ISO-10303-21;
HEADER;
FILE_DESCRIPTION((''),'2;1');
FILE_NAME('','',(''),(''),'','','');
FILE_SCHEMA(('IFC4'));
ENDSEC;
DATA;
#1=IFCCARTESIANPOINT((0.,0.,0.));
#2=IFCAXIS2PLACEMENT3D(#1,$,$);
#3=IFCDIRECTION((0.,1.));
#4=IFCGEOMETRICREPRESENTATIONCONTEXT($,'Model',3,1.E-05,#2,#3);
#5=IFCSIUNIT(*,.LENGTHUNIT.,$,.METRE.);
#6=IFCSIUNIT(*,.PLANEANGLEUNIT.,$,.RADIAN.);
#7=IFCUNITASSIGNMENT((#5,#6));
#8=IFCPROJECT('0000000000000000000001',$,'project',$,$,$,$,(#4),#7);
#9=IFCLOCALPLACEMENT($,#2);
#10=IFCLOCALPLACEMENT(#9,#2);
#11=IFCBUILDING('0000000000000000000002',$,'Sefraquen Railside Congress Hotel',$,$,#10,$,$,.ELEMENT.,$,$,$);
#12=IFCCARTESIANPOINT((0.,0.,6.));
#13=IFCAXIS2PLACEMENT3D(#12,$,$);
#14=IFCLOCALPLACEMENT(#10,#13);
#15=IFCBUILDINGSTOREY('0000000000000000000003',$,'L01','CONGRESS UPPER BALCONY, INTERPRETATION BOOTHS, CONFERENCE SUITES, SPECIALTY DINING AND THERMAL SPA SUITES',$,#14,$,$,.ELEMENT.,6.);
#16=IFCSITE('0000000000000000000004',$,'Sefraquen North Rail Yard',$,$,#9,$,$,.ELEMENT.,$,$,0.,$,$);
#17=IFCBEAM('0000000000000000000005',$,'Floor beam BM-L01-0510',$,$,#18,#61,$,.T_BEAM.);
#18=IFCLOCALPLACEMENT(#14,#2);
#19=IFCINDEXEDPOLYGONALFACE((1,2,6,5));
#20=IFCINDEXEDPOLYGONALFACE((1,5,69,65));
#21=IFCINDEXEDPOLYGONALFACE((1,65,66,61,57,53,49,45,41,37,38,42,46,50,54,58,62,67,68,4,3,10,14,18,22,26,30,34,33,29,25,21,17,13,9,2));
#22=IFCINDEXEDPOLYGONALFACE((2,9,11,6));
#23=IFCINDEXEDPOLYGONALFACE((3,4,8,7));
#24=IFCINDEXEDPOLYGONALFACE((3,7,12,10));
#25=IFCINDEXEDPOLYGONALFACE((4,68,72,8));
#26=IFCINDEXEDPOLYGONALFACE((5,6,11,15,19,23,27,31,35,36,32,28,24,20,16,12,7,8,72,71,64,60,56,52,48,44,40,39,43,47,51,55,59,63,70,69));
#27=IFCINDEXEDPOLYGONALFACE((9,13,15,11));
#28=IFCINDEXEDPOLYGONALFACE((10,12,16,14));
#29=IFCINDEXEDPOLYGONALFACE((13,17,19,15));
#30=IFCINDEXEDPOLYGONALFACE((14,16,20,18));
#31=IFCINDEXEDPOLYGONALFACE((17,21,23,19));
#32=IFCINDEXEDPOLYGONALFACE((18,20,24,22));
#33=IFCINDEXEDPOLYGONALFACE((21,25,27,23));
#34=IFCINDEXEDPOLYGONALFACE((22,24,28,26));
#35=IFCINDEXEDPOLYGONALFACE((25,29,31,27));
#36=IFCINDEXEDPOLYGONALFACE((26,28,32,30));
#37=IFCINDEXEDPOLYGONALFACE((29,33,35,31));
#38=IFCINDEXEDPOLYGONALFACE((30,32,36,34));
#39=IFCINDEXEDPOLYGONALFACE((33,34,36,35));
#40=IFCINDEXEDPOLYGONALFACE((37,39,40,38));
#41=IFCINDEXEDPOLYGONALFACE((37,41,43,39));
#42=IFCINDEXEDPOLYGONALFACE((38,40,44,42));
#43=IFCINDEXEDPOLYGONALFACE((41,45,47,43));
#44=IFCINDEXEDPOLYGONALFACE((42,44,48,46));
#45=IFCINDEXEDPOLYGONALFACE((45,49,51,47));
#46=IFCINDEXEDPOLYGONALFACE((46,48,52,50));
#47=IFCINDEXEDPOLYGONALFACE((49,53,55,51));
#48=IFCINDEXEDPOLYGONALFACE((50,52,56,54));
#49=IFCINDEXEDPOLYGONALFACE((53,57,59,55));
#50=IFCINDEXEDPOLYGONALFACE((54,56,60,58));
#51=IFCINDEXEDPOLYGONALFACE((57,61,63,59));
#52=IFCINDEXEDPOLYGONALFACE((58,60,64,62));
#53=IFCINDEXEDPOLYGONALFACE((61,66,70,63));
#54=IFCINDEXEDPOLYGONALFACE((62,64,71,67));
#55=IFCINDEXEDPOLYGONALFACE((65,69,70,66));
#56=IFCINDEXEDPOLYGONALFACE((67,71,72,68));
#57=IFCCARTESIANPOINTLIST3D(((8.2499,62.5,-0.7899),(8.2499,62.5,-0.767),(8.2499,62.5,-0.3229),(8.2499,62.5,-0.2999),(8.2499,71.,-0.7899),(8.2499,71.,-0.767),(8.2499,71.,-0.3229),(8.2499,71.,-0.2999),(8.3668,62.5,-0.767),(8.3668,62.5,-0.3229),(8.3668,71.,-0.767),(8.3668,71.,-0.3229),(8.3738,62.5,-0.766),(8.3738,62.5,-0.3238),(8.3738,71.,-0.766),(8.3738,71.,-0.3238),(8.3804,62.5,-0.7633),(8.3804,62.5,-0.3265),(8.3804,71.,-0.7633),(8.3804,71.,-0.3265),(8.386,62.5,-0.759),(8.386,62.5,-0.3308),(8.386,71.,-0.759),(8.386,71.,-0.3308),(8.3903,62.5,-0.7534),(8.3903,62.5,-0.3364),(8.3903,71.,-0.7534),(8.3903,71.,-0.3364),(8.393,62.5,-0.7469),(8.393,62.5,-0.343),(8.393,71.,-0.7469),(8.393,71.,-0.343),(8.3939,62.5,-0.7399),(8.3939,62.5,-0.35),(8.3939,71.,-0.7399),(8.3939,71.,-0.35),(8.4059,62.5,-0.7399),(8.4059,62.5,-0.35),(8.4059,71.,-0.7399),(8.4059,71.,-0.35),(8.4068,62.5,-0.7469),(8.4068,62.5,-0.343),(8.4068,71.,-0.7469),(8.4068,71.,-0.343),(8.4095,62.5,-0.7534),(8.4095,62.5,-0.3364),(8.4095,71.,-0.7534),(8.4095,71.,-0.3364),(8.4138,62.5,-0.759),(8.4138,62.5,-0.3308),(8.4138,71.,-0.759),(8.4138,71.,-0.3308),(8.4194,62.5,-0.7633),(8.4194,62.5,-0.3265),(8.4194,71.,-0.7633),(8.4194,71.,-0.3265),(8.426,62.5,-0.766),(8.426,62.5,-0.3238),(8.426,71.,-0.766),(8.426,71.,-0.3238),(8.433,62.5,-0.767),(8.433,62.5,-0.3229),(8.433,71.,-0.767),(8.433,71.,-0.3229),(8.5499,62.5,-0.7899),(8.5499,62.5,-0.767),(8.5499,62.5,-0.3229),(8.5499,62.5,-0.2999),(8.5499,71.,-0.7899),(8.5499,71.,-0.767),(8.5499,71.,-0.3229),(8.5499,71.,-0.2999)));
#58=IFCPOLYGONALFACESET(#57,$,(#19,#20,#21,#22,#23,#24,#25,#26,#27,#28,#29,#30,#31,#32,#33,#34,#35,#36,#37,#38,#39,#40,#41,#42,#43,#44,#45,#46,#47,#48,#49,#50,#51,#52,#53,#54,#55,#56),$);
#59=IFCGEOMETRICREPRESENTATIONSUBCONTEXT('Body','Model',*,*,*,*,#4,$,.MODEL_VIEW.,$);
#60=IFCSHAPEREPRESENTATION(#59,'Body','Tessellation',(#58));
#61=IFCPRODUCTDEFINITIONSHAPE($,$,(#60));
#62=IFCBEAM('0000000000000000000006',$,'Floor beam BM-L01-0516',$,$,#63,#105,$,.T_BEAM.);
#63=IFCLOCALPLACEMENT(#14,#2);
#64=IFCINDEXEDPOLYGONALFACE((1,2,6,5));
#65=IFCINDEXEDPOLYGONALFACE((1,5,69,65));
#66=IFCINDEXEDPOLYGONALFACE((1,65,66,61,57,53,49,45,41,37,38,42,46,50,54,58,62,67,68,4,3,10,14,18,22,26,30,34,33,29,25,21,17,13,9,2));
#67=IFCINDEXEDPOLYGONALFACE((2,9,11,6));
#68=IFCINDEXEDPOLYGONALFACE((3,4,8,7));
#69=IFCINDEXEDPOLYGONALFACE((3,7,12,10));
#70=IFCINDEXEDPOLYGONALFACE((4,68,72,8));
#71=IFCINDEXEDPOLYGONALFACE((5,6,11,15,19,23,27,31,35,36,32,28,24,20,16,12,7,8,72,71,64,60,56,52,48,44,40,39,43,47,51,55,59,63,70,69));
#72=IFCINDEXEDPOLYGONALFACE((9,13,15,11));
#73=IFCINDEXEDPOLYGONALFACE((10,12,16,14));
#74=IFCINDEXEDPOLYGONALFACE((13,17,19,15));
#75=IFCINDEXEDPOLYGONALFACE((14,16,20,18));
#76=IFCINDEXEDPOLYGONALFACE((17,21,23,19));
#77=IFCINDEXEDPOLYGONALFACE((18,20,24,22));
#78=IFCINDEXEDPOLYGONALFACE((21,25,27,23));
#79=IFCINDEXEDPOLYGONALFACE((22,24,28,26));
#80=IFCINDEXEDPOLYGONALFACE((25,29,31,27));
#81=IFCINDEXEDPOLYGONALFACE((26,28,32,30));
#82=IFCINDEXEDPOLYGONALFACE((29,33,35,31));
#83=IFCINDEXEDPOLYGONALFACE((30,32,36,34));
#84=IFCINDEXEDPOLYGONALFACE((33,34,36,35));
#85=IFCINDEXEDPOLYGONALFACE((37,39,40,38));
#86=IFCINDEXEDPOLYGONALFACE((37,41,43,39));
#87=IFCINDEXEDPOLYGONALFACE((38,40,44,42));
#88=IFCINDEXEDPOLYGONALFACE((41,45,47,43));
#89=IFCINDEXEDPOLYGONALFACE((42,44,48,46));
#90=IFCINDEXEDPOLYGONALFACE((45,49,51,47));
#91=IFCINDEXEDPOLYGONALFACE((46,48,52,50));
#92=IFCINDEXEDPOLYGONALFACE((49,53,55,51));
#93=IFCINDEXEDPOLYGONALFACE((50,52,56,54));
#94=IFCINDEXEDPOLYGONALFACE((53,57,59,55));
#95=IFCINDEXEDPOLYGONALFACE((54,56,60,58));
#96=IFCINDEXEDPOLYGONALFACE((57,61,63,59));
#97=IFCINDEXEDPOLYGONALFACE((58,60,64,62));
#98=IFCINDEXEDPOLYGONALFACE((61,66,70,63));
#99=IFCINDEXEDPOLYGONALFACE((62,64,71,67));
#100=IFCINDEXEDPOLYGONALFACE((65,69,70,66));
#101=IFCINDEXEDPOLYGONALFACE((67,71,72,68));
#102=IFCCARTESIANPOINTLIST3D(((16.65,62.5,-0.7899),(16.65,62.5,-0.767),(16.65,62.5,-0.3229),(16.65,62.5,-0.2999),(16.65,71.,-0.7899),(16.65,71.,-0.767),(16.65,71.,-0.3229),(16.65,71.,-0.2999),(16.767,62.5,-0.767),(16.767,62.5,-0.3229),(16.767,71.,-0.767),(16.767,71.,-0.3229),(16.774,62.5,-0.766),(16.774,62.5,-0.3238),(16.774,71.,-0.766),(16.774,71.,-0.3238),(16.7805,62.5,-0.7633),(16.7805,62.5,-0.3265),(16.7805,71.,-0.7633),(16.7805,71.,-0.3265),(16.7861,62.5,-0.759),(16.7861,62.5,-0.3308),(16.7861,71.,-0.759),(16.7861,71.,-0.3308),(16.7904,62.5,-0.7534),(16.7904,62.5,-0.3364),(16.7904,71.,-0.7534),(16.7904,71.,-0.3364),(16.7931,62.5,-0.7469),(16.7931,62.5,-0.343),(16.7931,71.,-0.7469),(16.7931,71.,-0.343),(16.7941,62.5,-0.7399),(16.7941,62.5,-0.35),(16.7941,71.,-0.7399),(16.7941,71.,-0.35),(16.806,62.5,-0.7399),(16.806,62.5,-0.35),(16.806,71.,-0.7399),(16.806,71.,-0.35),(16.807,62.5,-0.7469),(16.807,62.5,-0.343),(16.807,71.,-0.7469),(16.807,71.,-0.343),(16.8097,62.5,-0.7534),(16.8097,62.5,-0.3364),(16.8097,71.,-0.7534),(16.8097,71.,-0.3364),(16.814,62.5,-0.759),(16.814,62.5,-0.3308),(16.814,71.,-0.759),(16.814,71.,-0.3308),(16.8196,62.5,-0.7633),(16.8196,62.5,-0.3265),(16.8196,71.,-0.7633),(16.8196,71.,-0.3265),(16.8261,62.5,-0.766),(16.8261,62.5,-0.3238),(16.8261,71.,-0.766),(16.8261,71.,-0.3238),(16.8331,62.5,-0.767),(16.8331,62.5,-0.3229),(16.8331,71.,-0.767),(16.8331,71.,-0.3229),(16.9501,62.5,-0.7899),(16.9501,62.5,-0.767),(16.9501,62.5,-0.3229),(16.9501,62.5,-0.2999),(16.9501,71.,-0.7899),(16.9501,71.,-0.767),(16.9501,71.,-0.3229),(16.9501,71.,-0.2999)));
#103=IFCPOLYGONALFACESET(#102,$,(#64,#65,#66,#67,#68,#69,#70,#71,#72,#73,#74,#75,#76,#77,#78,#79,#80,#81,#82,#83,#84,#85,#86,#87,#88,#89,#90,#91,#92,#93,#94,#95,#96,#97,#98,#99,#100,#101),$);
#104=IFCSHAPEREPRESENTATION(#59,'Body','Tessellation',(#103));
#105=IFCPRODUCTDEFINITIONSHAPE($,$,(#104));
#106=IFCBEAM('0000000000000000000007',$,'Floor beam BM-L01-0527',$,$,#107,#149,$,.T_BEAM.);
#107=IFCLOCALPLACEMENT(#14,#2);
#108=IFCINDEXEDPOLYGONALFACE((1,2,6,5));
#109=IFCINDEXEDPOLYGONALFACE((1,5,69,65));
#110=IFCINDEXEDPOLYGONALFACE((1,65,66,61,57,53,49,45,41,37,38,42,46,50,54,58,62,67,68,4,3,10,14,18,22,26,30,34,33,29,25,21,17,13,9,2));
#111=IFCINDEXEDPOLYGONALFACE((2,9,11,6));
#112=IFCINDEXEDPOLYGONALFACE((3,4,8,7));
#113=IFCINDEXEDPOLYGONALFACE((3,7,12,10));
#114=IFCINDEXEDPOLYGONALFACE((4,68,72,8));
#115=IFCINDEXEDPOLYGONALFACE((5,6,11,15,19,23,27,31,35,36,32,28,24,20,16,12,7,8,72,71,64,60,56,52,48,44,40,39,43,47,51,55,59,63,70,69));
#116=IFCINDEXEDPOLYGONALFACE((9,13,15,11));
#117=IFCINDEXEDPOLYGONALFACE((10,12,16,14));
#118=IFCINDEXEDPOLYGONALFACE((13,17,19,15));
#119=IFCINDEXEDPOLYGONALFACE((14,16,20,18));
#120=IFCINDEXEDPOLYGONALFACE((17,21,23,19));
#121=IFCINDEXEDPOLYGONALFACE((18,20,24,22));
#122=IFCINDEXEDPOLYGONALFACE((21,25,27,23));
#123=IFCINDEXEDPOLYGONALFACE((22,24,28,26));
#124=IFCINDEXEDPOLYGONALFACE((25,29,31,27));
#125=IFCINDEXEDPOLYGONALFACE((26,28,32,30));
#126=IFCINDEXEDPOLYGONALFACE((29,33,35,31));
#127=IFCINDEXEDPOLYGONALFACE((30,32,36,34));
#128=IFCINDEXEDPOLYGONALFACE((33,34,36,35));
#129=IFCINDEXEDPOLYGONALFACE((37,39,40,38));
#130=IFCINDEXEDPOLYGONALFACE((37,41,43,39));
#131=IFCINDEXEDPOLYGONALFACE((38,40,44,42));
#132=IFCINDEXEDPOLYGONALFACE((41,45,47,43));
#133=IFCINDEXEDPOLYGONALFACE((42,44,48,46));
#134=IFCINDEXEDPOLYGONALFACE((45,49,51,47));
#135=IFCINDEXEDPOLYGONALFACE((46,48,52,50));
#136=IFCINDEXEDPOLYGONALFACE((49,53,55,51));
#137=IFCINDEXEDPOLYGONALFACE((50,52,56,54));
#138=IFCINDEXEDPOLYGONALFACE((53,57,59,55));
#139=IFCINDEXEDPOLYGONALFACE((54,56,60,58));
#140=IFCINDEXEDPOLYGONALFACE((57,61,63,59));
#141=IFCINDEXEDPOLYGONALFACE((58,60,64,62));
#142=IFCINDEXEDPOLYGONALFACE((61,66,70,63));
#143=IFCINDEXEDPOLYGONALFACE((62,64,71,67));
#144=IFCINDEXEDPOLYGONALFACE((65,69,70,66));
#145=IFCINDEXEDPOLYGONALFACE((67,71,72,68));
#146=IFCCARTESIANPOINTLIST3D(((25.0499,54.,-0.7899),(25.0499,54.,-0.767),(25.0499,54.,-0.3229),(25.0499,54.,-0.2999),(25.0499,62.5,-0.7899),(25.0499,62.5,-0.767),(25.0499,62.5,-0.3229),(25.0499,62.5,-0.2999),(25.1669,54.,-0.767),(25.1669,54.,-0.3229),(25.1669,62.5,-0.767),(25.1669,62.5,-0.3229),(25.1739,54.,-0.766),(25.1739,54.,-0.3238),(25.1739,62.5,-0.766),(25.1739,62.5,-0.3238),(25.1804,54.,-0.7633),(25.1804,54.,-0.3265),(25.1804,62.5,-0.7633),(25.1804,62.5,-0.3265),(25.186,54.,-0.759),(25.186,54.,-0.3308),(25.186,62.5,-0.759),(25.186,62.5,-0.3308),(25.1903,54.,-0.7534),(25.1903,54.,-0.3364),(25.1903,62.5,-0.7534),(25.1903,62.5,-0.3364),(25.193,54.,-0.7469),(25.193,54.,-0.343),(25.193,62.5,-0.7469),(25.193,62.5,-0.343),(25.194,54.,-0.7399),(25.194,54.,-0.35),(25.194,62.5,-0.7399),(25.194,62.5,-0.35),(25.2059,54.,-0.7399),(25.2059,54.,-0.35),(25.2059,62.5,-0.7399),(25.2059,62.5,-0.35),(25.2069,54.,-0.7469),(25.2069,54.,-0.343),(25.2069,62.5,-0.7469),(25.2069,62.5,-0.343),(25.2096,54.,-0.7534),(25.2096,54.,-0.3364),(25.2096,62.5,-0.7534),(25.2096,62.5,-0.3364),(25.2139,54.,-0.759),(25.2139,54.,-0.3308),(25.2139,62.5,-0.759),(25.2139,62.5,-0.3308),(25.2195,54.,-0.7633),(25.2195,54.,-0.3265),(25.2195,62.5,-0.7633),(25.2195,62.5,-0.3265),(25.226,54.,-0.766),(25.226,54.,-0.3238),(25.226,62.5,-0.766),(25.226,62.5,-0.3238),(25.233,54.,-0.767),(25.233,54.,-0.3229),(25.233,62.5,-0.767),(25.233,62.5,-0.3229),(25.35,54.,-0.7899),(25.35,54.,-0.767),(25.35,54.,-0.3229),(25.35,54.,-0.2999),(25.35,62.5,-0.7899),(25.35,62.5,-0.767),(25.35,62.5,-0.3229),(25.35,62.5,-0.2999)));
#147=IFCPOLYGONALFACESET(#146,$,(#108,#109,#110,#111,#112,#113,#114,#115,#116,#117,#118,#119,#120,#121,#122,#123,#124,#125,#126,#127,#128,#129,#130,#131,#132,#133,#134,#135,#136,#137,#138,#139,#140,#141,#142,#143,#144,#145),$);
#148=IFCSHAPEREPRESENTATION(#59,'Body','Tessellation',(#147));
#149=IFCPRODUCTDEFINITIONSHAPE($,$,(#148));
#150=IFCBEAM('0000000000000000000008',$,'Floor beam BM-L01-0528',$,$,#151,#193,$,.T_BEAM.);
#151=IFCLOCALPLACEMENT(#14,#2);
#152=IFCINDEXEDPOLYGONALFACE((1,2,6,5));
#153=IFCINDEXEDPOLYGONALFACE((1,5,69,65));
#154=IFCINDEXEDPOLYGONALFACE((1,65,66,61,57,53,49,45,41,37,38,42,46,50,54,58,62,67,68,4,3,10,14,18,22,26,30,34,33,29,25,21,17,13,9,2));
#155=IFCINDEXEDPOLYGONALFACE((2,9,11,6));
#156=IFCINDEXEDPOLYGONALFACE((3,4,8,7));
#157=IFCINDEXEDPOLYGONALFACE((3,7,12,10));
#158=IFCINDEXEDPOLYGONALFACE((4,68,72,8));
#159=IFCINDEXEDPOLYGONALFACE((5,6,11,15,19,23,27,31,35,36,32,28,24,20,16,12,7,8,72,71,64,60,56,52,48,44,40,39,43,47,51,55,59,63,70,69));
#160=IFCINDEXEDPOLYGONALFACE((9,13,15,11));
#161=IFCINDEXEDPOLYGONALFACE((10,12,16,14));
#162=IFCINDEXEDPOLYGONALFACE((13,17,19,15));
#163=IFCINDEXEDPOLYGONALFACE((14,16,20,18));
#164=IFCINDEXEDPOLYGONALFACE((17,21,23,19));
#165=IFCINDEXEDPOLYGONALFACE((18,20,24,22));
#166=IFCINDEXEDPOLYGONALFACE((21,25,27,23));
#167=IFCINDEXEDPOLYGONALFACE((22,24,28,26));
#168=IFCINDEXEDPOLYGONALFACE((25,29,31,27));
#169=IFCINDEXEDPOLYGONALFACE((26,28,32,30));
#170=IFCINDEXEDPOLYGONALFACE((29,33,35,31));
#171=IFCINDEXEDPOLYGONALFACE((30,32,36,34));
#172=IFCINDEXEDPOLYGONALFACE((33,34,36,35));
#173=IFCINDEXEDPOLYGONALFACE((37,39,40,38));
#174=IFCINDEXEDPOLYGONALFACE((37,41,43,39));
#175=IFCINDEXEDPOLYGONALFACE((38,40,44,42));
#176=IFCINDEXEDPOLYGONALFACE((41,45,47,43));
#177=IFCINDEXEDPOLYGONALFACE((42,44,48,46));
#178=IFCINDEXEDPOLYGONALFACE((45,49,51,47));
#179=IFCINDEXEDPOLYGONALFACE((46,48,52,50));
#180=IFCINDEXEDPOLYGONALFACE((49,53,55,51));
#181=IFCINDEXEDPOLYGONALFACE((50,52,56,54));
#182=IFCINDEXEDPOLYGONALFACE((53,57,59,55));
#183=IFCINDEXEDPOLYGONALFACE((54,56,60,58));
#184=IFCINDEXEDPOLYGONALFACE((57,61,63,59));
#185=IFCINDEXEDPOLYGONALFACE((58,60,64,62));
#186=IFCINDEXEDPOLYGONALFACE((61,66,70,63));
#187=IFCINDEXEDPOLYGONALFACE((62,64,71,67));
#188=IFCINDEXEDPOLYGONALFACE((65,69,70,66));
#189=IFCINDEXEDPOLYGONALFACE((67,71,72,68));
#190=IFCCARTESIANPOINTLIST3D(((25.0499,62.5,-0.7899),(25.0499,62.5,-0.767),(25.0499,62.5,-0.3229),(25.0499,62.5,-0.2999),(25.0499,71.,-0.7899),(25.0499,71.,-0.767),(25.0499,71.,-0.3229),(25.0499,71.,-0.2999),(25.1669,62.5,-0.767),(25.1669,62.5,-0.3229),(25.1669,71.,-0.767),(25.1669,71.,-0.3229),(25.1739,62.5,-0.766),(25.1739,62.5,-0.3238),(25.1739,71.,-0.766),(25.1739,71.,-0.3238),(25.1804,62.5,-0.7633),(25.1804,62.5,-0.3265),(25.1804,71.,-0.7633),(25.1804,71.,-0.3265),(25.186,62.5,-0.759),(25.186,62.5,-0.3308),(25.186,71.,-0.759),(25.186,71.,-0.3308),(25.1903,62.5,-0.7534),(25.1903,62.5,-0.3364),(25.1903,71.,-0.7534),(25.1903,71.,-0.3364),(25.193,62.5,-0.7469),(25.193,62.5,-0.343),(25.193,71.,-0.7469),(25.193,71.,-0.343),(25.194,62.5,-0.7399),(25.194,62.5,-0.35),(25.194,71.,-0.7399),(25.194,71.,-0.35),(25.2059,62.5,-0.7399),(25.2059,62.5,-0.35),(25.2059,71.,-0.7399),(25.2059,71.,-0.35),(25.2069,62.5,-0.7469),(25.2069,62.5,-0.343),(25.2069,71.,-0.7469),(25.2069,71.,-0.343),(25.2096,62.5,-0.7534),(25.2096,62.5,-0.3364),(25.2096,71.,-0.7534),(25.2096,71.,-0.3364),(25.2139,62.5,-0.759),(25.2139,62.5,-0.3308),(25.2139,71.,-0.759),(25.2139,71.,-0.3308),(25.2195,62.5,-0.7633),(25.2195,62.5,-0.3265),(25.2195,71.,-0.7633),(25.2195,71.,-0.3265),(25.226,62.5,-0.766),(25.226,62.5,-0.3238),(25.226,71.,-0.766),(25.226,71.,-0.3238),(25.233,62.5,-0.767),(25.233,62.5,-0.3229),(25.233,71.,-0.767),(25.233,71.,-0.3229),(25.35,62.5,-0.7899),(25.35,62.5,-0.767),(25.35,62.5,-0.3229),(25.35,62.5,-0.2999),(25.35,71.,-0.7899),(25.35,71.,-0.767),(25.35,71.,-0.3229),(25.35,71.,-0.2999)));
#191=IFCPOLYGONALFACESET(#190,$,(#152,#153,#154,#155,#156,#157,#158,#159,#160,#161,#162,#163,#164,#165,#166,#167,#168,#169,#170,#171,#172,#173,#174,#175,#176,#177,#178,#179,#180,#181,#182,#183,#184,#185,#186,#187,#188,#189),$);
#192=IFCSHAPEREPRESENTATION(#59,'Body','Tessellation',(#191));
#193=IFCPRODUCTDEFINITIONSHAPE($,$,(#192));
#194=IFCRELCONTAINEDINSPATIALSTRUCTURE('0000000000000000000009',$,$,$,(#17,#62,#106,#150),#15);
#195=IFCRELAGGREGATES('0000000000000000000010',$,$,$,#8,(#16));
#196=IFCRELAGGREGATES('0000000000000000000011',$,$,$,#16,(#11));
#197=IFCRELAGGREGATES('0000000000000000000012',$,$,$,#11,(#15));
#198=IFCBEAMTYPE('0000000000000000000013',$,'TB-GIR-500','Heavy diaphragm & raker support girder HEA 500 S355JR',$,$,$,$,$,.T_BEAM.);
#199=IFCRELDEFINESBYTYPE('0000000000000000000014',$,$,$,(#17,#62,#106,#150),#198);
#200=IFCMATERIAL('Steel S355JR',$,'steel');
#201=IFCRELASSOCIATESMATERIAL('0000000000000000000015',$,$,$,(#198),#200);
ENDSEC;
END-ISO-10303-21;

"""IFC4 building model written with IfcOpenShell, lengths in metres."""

from ifc_helpers import new_model, si_unit, direction, frame, origin, origin_2d, place, context, subcontext, project, spatial, i_section, extrude, material, material_profile, profile_set, type_object, element, save


model = new_model("IFC4")

# Units and contexts
model_context = context("Model", 3, precision=1e-05, world=origin(), true_north=direction((0.0, 1.0)))
body_context = subcontext(model_context, "Body", "Model", "MODEL_VIEW")
ifc_project = project(units=[si_unit("LENGTHUNIT", "METRE"), si_unit("PLANEANGLEUNIT", "RADIAN")], contexts=[model_context])

# Site, building, storey
site_placement = place(None, origin())
site = spatial("IfcSite", under=ifc_project, at=site_placement, Name="Sefraquen North Rail Yard", CompositionType="ELEMENT", RefElevation=0.0)
building_placement = place(site_placement, origin())
building = spatial("IfcBuilding", under=site, at=building_placement, Name="Sefraquen Railside Congress Hotel", CompositionType="ELEMENT")
storey_placement = place(building_placement, frame((0.0, 0.0, 6.0)))
storey = spatial("IfcBuildingStorey", under=building, at=storey_placement, Name="L01", Description="CONGRESS UPPER BALCONY, INTERPRETATION BOOTHS, CONFERENCE SUITES, SPECIALTY DINING AND THERMAL SPA SUITES", CompositionType="ELEMENT", Elevation=6.0)

# Shared definitions
ifc_material_1 = material(Name="Steel S355JR", Category="steel")

# Beams
ifc_material_profile_1 = material_profile(ifc_material_1, i_section(OverallWidth=0.3, OverallDepth=0.49, WebThickness=0.012, FlangeThickness=0.0229, FilletRadius=0.0271, at=origin_2d()), Name="HEA 500")
ifc_profile_set_1 = profile_set([ifc_material_profile_1], Name="Steel S355JR")
beam_type_1 = type_object("IfcBeamType", Name="TB-GIR-500", Description="Heavy diaphragm & raker support girder HEA 500 S355JR", PredefinedType="T_BEAM", material=ifc_profile_set_1)
for number, where, z_axis, x_axis, name in (
    (1, (8.3999, 62.5, -0.5449), (0.0, 1.0, 0.0), (-1.0, 0.0, 0.0), "Floor beam BM-L01-0510"),
    (2, (16.8, 62.5, -0.5449), (0.0, 1.0, 0.0), (-1.0, 0.0, 0.0), "Floor beam BM-L01-0516"),
    (3, (25.2, 54.0, -0.5449), (0.0, 1.0, 0.0), (-1.0, 0.0, 0.0), "Floor beam BM-L01-0527"),
    (4, (25.2, 62.5, -0.5449), (0.0, 1.0, 0.0), (-1.0, 0.0, 0.0), "Floor beam BM-L01-0528"),
):
    element("IfcBeam", number, at=place(storey_placement, frame(where, z_axis=z_axis, x_axis=x_axis)), inside=storey, type_object=beam_type_1, Name=name, PredefinedType="T_BEAM", context=body_context, shape_type="SweptSolid", body=[
        extrude(i_section(OverallWidth=0.3, OverallDepth=0.49, WebThickness=0.012, FlangeThickness=0.0229, FilletRadius=0.0271, at=origin_2d()), origin(), (0.0, 0.0, 1.0), 8.5),
    ])

save(model, "model.ifc")
